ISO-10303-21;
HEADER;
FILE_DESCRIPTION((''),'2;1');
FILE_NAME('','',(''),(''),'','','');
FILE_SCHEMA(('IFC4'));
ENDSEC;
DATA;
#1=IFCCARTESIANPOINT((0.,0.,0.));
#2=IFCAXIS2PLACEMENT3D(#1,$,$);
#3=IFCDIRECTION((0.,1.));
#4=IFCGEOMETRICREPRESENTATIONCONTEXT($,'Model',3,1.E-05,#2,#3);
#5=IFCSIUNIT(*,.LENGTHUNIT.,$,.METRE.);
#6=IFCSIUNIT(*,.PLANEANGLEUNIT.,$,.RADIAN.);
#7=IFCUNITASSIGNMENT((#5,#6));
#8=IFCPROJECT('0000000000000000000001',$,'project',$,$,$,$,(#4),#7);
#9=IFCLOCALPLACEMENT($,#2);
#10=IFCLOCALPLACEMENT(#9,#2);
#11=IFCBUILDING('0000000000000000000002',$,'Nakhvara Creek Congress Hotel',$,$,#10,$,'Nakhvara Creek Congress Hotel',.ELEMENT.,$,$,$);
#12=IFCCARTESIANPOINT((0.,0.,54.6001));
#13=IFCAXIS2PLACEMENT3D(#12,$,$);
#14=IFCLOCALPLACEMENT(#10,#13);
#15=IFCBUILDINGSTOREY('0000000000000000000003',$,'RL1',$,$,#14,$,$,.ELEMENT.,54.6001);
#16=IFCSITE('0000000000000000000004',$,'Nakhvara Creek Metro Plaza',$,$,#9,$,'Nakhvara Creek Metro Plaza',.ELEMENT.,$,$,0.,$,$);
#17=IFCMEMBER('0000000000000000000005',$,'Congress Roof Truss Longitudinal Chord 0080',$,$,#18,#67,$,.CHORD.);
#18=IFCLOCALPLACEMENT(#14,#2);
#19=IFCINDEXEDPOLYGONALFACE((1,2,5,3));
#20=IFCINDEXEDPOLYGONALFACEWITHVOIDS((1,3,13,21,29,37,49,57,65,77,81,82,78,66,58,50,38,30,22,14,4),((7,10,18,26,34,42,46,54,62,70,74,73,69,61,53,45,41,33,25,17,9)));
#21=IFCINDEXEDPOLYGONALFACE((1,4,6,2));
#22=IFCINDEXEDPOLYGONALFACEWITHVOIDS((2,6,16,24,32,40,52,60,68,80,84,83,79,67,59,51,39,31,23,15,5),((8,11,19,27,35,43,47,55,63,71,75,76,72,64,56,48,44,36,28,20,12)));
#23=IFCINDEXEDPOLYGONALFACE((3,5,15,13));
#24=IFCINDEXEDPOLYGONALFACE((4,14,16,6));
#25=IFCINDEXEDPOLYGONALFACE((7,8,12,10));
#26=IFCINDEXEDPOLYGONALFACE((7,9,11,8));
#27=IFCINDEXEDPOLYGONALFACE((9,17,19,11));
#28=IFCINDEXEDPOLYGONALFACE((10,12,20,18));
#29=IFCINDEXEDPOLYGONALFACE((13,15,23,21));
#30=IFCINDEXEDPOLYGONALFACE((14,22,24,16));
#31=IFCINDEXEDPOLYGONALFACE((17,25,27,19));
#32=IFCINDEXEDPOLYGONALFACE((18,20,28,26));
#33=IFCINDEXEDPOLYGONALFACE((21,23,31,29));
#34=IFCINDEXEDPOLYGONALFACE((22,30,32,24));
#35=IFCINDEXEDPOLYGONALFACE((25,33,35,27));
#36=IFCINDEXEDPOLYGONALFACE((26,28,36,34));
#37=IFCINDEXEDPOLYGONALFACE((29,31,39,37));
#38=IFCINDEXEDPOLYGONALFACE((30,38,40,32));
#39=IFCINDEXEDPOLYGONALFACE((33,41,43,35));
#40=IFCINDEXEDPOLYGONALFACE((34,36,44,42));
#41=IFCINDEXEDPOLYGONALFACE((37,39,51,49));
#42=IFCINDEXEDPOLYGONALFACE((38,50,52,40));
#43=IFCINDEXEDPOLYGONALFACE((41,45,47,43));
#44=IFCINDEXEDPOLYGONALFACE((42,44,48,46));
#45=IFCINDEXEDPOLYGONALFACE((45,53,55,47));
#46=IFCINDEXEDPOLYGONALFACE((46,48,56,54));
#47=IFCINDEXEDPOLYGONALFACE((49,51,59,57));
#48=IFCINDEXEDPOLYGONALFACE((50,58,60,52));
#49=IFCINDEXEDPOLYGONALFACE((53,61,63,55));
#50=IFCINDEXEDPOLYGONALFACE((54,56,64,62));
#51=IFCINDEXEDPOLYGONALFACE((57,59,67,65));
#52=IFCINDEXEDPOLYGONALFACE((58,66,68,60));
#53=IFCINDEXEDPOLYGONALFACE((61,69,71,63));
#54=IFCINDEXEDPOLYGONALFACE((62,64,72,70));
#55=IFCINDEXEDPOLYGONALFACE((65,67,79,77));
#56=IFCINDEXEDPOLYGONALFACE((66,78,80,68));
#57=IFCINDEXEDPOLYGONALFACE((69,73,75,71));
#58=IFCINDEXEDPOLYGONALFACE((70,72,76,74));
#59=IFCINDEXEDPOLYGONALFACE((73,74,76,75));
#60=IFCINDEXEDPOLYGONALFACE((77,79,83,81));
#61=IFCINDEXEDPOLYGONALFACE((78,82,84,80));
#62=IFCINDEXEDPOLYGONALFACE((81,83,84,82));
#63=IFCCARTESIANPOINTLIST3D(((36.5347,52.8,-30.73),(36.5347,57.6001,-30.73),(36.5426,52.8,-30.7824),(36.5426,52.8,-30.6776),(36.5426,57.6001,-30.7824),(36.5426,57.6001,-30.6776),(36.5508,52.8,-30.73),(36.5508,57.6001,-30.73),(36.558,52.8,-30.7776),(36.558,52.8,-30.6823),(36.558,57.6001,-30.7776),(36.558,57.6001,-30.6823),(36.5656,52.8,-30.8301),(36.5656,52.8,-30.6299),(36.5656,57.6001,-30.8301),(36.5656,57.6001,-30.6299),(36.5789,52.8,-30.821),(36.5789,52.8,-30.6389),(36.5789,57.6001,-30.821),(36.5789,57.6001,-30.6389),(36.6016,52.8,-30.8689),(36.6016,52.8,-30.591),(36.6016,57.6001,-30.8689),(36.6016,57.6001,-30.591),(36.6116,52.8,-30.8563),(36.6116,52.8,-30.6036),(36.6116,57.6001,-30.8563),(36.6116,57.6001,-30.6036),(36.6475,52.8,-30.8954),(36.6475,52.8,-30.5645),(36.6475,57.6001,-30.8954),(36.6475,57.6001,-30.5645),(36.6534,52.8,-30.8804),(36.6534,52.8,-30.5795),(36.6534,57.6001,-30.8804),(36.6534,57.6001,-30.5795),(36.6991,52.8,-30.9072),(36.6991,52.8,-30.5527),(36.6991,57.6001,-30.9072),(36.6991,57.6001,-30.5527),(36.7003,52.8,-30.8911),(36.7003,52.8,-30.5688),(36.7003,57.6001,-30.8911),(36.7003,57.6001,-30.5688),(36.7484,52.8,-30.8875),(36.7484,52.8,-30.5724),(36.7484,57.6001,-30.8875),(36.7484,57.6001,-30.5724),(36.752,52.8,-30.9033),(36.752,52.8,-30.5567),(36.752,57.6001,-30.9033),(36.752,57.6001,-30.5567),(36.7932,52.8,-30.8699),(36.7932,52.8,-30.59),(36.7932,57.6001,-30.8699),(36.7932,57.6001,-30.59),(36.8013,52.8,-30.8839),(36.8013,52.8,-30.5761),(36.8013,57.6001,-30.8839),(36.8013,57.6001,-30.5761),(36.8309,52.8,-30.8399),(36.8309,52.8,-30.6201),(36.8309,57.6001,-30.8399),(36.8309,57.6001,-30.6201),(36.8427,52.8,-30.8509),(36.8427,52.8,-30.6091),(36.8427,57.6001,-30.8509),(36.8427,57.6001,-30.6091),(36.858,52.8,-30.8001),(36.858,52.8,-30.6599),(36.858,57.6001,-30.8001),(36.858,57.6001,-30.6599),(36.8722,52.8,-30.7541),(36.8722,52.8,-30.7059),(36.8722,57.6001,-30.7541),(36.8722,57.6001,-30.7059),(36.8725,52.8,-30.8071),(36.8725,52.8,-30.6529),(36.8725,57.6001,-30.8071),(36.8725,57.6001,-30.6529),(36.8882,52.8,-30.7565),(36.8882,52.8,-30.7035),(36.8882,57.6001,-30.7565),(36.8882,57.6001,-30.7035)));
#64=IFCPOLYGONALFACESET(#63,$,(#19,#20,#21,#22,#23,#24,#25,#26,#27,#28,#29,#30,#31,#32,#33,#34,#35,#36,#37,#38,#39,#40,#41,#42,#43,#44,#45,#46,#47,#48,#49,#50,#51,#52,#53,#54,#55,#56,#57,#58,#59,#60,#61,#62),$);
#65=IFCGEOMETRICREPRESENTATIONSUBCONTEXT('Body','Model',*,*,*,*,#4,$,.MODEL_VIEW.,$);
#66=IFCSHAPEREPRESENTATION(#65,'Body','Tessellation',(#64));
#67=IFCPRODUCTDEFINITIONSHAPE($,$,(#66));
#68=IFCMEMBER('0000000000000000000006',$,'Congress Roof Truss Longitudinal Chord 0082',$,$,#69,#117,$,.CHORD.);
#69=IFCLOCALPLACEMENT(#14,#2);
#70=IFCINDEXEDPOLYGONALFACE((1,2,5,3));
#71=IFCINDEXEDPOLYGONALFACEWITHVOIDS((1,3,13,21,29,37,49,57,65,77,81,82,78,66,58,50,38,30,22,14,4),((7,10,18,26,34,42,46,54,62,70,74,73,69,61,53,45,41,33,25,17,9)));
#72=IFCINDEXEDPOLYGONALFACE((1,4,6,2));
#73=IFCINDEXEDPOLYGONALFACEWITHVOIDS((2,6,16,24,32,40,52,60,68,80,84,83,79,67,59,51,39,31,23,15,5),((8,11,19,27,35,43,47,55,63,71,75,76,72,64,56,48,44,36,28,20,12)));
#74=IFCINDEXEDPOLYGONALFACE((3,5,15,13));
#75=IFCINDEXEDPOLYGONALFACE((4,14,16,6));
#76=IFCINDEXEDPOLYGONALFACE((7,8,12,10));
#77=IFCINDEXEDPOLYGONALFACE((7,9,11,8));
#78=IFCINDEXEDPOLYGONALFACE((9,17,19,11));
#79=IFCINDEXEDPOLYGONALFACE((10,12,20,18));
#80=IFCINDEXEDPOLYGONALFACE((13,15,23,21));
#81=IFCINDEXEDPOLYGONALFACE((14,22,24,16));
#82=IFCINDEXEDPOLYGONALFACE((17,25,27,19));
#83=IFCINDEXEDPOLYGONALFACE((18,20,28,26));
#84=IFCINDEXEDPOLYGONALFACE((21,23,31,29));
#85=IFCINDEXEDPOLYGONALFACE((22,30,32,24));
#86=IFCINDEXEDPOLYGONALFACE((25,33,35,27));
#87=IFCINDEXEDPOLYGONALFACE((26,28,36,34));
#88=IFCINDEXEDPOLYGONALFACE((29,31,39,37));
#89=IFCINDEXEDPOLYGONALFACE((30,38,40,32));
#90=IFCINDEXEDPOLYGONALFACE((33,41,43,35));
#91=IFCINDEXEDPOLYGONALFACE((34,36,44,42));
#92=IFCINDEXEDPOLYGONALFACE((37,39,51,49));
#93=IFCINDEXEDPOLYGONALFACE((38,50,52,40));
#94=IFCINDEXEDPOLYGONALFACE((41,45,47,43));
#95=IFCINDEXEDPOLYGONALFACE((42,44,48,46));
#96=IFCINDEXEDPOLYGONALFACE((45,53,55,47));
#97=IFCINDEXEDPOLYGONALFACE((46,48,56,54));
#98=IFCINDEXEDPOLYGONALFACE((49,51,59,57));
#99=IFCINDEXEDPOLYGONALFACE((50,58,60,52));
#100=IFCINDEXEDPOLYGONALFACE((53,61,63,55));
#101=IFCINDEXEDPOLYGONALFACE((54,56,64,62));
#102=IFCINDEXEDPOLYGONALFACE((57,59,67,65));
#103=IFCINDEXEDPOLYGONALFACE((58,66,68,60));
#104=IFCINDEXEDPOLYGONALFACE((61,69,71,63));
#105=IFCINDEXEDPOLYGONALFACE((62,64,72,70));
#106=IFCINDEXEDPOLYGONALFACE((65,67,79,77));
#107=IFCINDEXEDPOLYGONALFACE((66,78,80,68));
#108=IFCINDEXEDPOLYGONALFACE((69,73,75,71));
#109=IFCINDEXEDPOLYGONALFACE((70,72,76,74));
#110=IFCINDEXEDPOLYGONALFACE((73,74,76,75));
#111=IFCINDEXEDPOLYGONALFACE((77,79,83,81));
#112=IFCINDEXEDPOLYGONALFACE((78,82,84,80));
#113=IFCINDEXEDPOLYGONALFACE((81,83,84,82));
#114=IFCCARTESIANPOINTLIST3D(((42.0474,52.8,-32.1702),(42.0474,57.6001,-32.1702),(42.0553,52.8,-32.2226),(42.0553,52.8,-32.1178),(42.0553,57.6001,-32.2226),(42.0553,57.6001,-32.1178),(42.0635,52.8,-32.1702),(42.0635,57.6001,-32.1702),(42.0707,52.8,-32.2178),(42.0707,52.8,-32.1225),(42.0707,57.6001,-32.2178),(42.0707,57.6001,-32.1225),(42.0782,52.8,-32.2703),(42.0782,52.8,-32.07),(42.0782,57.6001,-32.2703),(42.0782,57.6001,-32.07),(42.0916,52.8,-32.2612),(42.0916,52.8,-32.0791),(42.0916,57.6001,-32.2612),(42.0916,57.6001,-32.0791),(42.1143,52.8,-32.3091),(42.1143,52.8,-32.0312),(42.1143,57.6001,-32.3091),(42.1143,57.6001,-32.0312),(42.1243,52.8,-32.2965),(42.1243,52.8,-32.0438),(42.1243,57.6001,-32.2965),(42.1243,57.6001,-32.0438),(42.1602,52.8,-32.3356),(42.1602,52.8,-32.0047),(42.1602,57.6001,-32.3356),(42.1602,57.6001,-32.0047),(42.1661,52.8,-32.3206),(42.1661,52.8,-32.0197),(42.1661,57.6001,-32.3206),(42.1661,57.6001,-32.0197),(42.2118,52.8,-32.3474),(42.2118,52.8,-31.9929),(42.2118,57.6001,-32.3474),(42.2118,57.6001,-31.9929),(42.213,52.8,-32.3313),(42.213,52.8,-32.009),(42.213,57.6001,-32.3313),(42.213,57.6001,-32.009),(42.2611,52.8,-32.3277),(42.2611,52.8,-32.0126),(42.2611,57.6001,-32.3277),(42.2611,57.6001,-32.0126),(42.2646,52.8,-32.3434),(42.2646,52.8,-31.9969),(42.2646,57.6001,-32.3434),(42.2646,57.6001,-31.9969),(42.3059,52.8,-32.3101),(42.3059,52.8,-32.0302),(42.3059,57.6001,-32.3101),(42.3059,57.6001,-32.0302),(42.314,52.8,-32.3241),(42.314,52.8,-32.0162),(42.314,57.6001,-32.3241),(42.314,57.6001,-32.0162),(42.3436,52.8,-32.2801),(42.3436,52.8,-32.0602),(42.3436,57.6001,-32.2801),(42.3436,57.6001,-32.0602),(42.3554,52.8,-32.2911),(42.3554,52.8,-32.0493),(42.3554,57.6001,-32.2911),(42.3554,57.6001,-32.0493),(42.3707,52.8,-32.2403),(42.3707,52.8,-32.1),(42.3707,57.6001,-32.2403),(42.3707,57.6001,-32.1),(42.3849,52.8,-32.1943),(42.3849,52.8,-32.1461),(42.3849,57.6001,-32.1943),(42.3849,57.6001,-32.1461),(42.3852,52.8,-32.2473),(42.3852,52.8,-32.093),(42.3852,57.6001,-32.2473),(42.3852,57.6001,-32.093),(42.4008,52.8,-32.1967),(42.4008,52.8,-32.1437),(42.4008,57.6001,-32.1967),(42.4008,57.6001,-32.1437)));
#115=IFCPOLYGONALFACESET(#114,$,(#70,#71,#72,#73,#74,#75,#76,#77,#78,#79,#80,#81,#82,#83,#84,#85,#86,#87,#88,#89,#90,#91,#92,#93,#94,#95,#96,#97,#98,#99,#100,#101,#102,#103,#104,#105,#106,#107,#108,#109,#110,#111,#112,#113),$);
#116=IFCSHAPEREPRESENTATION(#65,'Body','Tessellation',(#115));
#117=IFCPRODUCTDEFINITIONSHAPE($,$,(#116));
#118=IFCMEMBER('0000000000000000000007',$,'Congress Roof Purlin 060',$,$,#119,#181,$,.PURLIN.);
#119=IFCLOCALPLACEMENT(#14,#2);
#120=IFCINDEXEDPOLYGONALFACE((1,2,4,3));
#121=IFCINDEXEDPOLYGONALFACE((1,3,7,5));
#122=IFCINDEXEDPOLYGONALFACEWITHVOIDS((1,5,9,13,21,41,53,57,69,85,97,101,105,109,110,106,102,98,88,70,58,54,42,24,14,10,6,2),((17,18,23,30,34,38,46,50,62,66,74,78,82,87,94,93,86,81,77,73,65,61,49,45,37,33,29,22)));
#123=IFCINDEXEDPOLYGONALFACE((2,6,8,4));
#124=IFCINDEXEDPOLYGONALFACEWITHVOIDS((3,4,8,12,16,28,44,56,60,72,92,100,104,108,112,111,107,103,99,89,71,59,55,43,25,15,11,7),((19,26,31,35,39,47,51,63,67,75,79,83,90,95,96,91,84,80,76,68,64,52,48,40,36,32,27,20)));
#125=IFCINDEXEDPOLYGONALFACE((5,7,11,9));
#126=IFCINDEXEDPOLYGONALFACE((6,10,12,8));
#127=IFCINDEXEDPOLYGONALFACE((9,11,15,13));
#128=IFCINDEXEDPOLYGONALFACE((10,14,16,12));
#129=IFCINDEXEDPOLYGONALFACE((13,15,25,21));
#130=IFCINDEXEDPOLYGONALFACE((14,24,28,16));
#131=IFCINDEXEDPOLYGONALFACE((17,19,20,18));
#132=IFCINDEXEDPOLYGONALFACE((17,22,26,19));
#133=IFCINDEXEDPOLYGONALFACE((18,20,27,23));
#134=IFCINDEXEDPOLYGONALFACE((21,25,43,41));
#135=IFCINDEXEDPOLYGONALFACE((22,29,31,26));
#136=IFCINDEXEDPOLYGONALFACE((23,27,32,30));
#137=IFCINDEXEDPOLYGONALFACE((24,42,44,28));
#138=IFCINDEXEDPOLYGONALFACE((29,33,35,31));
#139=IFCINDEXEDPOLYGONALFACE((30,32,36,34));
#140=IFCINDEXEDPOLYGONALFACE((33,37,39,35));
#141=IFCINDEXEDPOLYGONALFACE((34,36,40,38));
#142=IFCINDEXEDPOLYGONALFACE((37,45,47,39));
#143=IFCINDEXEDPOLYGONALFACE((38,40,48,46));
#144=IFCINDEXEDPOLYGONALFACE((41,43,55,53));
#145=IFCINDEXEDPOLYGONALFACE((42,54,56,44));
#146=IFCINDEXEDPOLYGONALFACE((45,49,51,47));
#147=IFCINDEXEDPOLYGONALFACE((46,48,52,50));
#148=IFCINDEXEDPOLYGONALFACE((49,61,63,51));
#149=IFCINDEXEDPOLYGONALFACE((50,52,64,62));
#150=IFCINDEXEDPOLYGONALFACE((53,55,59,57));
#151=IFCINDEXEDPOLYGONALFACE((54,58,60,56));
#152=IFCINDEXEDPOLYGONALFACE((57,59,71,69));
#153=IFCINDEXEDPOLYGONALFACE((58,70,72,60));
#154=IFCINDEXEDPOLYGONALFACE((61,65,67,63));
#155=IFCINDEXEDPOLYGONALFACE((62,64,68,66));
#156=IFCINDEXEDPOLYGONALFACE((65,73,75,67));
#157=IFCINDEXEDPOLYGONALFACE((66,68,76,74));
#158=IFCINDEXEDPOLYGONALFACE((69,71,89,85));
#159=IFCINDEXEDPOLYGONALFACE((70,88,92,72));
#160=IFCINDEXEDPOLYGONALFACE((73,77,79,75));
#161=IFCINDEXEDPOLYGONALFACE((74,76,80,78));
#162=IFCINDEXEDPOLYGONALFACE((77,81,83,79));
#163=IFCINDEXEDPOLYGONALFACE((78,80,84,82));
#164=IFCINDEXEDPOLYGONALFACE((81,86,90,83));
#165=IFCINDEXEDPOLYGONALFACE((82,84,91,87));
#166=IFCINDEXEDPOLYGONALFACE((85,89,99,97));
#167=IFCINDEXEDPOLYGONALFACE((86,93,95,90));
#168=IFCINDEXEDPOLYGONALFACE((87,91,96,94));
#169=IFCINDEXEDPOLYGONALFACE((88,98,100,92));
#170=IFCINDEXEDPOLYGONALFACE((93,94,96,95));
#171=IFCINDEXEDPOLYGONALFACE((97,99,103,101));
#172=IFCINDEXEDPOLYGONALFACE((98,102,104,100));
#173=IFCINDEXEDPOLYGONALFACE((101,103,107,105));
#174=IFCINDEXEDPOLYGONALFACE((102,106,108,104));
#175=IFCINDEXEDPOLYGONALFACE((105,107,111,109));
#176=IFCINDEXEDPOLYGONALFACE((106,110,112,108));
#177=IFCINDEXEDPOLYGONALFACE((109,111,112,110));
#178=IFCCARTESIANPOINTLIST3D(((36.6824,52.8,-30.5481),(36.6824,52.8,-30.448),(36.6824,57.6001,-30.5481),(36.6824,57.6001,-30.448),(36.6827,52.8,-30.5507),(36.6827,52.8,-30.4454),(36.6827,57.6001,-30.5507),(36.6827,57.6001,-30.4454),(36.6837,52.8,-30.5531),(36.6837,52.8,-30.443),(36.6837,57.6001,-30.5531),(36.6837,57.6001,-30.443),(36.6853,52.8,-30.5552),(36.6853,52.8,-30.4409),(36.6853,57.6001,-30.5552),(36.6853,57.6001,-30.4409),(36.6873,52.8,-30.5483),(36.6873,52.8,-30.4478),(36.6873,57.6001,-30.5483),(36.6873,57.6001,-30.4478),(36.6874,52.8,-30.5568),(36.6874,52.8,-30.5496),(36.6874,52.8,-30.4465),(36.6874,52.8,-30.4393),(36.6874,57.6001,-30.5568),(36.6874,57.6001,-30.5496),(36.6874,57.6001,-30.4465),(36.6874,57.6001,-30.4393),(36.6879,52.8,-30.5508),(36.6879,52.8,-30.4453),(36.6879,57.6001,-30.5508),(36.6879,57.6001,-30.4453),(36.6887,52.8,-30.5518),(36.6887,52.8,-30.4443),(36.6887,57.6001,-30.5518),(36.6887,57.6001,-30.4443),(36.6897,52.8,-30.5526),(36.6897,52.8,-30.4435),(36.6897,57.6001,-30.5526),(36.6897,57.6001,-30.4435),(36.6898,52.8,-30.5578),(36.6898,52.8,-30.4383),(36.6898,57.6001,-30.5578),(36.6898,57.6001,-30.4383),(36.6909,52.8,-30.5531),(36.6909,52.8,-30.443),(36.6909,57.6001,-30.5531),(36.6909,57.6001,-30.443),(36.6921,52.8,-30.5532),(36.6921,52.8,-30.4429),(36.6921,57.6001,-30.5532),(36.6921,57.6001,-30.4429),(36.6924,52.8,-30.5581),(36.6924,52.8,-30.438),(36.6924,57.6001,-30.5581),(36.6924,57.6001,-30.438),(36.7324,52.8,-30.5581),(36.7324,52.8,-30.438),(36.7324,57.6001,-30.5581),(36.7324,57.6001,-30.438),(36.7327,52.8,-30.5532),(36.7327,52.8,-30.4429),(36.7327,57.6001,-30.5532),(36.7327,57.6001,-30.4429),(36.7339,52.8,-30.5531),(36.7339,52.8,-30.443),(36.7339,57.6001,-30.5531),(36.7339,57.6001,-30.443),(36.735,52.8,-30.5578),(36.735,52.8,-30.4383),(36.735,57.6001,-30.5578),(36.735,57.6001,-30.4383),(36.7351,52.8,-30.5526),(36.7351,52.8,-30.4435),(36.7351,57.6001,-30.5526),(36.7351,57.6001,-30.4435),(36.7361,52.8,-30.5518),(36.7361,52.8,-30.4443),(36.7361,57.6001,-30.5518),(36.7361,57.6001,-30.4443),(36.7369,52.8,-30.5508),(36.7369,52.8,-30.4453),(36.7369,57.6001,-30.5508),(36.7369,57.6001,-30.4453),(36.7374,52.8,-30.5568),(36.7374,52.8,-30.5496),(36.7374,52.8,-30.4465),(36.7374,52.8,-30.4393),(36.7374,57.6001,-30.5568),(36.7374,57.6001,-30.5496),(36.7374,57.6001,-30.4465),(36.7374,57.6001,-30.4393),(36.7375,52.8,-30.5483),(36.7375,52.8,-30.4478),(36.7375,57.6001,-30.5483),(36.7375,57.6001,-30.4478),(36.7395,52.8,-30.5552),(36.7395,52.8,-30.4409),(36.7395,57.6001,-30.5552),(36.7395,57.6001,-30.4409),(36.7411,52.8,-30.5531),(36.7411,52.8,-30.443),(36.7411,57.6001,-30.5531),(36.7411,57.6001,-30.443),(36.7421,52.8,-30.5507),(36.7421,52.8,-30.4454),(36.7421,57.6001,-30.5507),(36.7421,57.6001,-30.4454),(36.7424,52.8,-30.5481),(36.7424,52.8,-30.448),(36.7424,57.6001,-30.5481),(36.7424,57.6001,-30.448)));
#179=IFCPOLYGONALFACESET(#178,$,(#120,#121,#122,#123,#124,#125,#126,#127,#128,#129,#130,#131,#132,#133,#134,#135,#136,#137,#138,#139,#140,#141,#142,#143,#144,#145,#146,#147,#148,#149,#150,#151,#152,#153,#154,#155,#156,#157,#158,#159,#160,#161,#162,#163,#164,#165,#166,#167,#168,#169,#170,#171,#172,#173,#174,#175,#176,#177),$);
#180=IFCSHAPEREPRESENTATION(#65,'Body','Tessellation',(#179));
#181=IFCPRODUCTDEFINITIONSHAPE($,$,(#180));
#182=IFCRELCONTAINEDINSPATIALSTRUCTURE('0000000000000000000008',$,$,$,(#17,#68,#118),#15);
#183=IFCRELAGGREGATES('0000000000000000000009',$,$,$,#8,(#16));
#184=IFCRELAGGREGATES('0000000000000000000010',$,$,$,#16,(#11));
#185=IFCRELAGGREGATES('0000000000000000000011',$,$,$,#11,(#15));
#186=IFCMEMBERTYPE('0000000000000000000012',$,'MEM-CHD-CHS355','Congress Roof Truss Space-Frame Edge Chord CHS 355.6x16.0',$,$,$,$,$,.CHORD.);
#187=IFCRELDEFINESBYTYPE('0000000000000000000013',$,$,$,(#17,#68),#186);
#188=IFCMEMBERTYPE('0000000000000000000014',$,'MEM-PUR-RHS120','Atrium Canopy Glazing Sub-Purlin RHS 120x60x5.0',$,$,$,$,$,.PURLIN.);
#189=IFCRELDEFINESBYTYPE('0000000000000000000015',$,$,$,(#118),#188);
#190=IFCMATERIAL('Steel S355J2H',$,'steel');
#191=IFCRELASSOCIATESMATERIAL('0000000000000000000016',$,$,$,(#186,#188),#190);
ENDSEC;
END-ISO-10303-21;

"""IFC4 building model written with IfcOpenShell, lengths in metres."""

from ifc_helpers import new_model, si_unit, direction, frame, origin, origin_2d, place, context, subcontext, project, spatial, hollow_rectangle, hollow_circle, extrude, material, material_profile, profile_set, type_object, element, save


model = new_model("IFC4")

# Units and contexts
model_context = context("Model", 3, precision=1e-05, world=origin(), true_north=direction((0.0, 1.0)))
body_context = subcontext(model_context, "Body", "Model", "MODEL_VIEW")
ifc_project = project(units=[si_unit("LENGTHUNIT", "METRE"), si_unit("PLANEANGLEUNIT", "RADIAN")], contexts=[model_context])

# Site, building, storey
site_placement = place(None, origin())
site = spatial("IfcSite", under=ifc_project, at=site_placement, Name="Nakhvara Creek Metro Plaza", LongName="Nakhvara Creek Metro Plaza", CompositionType="ELEMENT", RefElevation=0.0)
building_placement = place(site_placement, origin())
building = spatial("IfcBuilding", under=site, at=building_placement, Name="Nakhvara Creek Congress Hotel", LongName="Nakhvara Creek Congress Hotel", CompositionType="ELEMENT")
storey_placement = place(building_placement, frame((0.0, 0.0, 54.6001)))
storey = spatial("IfcBuildingStorey", under=building, at=storey_placement, Name="RL1", CompositionType="ELEMENT", Elevation=54.6001)

# Members
ifc_material_1 = material(Name="Steel S355J2H", Category="steel")
ifc_material_profile_1 = material_profile(ifc_material_1, hollow_circle(Radius=0.1777, WallThickness=0.0161, at=origin_2d()), Name="CHS 355.6x16.0", Category="LoadBearing")
ifc_profile_set_1 = profile_set([ifc_material_profile_1], Name="Steel S355J2H")
member_type_1 = type_object("IfcMemberType", Name="MEM-CHD-CHS355", Description="Congress Roof Truss Space-Frame Edge Chord CHS 355.6x16.0", PredefinedType="CHORD", material=ifc_profile_set_1)
for number, where, z_axis, x_axis, name in (
    (1, (36.7124, 52.8, -30.73), (0.0, 1.0, 0.0), (-1.0, 0.0, 0.0), "Congress Roof Truss Longitudinal Chord 0080"),
    (2, (42.2251, 52.8, -32.1702), (0.0, 1.0, 0.0), (-1.0, 0.0, 0.0), "Congress Roof Truss Longitudinal Chord 0082"),
):
    element("IfcMember", number, at=place(storey_placement, frame(where, z_axis=z_axis, x_axis=x_axis)), inside=storey, type_object=member_type_1, Name=name, PredefinedType="CHORD", context=body_context, shape_type="SweptSolid", body=[
        extrude(hollow_circle(Radius=0.1777, WallThickness=0.0161, at=origin_2d()), origin(), (0.0, 0.0, 1.0), 4.8),
    ])
ifc_material_profile_2 = material_profile(ifc_material_1, hollow_rectangle(XDim=0.0601, YDim=0.1201, WallThickness=0.0049, InnerFilletRadius=0.0049, OuterFilletRadius=0.01, at=origin_2d()), Name="RHS 120x60x5.0", Category="LoadBearing")
ifc_profile_set_2 = profile_set([ifc_material_profile_2], Name="Steel S355J2H")
member_type_2 = type_object("IfcMemberType", Name="MEM-PUR-RHS120", Description="Atrium Canopy Glazing Sub-Purlin RHS 120x60x5.0", PredefinedType="PURLIN", material=ifc_profile_set_2)
member_1_placement = place(storey_placement, frame((36.7124, 52.8, -30.498), z_axis=(0.0, 1.0, 0.0), x_axis=(-1.0, 0.0, 0.0)))
element("IfcMember", 3, at=member_1_placement, inside=storey, type_object=member_type_2, Name="Congress Roof Purlin 060", PredefinedType="PURLIN", context=body_context, shape_type="SweptSolid", body=[
    extrude(hollow_rectangle(XDim=0.0601, YDim=0.1201, WallThickness=0.0049, InnerFilletRadius=0.0049, OuterFilletRadius=0.01, at=origin_2d()), origin(), (0.0, 0.0, 1.0), 4.8),
])

save(model, "model.ifc")
